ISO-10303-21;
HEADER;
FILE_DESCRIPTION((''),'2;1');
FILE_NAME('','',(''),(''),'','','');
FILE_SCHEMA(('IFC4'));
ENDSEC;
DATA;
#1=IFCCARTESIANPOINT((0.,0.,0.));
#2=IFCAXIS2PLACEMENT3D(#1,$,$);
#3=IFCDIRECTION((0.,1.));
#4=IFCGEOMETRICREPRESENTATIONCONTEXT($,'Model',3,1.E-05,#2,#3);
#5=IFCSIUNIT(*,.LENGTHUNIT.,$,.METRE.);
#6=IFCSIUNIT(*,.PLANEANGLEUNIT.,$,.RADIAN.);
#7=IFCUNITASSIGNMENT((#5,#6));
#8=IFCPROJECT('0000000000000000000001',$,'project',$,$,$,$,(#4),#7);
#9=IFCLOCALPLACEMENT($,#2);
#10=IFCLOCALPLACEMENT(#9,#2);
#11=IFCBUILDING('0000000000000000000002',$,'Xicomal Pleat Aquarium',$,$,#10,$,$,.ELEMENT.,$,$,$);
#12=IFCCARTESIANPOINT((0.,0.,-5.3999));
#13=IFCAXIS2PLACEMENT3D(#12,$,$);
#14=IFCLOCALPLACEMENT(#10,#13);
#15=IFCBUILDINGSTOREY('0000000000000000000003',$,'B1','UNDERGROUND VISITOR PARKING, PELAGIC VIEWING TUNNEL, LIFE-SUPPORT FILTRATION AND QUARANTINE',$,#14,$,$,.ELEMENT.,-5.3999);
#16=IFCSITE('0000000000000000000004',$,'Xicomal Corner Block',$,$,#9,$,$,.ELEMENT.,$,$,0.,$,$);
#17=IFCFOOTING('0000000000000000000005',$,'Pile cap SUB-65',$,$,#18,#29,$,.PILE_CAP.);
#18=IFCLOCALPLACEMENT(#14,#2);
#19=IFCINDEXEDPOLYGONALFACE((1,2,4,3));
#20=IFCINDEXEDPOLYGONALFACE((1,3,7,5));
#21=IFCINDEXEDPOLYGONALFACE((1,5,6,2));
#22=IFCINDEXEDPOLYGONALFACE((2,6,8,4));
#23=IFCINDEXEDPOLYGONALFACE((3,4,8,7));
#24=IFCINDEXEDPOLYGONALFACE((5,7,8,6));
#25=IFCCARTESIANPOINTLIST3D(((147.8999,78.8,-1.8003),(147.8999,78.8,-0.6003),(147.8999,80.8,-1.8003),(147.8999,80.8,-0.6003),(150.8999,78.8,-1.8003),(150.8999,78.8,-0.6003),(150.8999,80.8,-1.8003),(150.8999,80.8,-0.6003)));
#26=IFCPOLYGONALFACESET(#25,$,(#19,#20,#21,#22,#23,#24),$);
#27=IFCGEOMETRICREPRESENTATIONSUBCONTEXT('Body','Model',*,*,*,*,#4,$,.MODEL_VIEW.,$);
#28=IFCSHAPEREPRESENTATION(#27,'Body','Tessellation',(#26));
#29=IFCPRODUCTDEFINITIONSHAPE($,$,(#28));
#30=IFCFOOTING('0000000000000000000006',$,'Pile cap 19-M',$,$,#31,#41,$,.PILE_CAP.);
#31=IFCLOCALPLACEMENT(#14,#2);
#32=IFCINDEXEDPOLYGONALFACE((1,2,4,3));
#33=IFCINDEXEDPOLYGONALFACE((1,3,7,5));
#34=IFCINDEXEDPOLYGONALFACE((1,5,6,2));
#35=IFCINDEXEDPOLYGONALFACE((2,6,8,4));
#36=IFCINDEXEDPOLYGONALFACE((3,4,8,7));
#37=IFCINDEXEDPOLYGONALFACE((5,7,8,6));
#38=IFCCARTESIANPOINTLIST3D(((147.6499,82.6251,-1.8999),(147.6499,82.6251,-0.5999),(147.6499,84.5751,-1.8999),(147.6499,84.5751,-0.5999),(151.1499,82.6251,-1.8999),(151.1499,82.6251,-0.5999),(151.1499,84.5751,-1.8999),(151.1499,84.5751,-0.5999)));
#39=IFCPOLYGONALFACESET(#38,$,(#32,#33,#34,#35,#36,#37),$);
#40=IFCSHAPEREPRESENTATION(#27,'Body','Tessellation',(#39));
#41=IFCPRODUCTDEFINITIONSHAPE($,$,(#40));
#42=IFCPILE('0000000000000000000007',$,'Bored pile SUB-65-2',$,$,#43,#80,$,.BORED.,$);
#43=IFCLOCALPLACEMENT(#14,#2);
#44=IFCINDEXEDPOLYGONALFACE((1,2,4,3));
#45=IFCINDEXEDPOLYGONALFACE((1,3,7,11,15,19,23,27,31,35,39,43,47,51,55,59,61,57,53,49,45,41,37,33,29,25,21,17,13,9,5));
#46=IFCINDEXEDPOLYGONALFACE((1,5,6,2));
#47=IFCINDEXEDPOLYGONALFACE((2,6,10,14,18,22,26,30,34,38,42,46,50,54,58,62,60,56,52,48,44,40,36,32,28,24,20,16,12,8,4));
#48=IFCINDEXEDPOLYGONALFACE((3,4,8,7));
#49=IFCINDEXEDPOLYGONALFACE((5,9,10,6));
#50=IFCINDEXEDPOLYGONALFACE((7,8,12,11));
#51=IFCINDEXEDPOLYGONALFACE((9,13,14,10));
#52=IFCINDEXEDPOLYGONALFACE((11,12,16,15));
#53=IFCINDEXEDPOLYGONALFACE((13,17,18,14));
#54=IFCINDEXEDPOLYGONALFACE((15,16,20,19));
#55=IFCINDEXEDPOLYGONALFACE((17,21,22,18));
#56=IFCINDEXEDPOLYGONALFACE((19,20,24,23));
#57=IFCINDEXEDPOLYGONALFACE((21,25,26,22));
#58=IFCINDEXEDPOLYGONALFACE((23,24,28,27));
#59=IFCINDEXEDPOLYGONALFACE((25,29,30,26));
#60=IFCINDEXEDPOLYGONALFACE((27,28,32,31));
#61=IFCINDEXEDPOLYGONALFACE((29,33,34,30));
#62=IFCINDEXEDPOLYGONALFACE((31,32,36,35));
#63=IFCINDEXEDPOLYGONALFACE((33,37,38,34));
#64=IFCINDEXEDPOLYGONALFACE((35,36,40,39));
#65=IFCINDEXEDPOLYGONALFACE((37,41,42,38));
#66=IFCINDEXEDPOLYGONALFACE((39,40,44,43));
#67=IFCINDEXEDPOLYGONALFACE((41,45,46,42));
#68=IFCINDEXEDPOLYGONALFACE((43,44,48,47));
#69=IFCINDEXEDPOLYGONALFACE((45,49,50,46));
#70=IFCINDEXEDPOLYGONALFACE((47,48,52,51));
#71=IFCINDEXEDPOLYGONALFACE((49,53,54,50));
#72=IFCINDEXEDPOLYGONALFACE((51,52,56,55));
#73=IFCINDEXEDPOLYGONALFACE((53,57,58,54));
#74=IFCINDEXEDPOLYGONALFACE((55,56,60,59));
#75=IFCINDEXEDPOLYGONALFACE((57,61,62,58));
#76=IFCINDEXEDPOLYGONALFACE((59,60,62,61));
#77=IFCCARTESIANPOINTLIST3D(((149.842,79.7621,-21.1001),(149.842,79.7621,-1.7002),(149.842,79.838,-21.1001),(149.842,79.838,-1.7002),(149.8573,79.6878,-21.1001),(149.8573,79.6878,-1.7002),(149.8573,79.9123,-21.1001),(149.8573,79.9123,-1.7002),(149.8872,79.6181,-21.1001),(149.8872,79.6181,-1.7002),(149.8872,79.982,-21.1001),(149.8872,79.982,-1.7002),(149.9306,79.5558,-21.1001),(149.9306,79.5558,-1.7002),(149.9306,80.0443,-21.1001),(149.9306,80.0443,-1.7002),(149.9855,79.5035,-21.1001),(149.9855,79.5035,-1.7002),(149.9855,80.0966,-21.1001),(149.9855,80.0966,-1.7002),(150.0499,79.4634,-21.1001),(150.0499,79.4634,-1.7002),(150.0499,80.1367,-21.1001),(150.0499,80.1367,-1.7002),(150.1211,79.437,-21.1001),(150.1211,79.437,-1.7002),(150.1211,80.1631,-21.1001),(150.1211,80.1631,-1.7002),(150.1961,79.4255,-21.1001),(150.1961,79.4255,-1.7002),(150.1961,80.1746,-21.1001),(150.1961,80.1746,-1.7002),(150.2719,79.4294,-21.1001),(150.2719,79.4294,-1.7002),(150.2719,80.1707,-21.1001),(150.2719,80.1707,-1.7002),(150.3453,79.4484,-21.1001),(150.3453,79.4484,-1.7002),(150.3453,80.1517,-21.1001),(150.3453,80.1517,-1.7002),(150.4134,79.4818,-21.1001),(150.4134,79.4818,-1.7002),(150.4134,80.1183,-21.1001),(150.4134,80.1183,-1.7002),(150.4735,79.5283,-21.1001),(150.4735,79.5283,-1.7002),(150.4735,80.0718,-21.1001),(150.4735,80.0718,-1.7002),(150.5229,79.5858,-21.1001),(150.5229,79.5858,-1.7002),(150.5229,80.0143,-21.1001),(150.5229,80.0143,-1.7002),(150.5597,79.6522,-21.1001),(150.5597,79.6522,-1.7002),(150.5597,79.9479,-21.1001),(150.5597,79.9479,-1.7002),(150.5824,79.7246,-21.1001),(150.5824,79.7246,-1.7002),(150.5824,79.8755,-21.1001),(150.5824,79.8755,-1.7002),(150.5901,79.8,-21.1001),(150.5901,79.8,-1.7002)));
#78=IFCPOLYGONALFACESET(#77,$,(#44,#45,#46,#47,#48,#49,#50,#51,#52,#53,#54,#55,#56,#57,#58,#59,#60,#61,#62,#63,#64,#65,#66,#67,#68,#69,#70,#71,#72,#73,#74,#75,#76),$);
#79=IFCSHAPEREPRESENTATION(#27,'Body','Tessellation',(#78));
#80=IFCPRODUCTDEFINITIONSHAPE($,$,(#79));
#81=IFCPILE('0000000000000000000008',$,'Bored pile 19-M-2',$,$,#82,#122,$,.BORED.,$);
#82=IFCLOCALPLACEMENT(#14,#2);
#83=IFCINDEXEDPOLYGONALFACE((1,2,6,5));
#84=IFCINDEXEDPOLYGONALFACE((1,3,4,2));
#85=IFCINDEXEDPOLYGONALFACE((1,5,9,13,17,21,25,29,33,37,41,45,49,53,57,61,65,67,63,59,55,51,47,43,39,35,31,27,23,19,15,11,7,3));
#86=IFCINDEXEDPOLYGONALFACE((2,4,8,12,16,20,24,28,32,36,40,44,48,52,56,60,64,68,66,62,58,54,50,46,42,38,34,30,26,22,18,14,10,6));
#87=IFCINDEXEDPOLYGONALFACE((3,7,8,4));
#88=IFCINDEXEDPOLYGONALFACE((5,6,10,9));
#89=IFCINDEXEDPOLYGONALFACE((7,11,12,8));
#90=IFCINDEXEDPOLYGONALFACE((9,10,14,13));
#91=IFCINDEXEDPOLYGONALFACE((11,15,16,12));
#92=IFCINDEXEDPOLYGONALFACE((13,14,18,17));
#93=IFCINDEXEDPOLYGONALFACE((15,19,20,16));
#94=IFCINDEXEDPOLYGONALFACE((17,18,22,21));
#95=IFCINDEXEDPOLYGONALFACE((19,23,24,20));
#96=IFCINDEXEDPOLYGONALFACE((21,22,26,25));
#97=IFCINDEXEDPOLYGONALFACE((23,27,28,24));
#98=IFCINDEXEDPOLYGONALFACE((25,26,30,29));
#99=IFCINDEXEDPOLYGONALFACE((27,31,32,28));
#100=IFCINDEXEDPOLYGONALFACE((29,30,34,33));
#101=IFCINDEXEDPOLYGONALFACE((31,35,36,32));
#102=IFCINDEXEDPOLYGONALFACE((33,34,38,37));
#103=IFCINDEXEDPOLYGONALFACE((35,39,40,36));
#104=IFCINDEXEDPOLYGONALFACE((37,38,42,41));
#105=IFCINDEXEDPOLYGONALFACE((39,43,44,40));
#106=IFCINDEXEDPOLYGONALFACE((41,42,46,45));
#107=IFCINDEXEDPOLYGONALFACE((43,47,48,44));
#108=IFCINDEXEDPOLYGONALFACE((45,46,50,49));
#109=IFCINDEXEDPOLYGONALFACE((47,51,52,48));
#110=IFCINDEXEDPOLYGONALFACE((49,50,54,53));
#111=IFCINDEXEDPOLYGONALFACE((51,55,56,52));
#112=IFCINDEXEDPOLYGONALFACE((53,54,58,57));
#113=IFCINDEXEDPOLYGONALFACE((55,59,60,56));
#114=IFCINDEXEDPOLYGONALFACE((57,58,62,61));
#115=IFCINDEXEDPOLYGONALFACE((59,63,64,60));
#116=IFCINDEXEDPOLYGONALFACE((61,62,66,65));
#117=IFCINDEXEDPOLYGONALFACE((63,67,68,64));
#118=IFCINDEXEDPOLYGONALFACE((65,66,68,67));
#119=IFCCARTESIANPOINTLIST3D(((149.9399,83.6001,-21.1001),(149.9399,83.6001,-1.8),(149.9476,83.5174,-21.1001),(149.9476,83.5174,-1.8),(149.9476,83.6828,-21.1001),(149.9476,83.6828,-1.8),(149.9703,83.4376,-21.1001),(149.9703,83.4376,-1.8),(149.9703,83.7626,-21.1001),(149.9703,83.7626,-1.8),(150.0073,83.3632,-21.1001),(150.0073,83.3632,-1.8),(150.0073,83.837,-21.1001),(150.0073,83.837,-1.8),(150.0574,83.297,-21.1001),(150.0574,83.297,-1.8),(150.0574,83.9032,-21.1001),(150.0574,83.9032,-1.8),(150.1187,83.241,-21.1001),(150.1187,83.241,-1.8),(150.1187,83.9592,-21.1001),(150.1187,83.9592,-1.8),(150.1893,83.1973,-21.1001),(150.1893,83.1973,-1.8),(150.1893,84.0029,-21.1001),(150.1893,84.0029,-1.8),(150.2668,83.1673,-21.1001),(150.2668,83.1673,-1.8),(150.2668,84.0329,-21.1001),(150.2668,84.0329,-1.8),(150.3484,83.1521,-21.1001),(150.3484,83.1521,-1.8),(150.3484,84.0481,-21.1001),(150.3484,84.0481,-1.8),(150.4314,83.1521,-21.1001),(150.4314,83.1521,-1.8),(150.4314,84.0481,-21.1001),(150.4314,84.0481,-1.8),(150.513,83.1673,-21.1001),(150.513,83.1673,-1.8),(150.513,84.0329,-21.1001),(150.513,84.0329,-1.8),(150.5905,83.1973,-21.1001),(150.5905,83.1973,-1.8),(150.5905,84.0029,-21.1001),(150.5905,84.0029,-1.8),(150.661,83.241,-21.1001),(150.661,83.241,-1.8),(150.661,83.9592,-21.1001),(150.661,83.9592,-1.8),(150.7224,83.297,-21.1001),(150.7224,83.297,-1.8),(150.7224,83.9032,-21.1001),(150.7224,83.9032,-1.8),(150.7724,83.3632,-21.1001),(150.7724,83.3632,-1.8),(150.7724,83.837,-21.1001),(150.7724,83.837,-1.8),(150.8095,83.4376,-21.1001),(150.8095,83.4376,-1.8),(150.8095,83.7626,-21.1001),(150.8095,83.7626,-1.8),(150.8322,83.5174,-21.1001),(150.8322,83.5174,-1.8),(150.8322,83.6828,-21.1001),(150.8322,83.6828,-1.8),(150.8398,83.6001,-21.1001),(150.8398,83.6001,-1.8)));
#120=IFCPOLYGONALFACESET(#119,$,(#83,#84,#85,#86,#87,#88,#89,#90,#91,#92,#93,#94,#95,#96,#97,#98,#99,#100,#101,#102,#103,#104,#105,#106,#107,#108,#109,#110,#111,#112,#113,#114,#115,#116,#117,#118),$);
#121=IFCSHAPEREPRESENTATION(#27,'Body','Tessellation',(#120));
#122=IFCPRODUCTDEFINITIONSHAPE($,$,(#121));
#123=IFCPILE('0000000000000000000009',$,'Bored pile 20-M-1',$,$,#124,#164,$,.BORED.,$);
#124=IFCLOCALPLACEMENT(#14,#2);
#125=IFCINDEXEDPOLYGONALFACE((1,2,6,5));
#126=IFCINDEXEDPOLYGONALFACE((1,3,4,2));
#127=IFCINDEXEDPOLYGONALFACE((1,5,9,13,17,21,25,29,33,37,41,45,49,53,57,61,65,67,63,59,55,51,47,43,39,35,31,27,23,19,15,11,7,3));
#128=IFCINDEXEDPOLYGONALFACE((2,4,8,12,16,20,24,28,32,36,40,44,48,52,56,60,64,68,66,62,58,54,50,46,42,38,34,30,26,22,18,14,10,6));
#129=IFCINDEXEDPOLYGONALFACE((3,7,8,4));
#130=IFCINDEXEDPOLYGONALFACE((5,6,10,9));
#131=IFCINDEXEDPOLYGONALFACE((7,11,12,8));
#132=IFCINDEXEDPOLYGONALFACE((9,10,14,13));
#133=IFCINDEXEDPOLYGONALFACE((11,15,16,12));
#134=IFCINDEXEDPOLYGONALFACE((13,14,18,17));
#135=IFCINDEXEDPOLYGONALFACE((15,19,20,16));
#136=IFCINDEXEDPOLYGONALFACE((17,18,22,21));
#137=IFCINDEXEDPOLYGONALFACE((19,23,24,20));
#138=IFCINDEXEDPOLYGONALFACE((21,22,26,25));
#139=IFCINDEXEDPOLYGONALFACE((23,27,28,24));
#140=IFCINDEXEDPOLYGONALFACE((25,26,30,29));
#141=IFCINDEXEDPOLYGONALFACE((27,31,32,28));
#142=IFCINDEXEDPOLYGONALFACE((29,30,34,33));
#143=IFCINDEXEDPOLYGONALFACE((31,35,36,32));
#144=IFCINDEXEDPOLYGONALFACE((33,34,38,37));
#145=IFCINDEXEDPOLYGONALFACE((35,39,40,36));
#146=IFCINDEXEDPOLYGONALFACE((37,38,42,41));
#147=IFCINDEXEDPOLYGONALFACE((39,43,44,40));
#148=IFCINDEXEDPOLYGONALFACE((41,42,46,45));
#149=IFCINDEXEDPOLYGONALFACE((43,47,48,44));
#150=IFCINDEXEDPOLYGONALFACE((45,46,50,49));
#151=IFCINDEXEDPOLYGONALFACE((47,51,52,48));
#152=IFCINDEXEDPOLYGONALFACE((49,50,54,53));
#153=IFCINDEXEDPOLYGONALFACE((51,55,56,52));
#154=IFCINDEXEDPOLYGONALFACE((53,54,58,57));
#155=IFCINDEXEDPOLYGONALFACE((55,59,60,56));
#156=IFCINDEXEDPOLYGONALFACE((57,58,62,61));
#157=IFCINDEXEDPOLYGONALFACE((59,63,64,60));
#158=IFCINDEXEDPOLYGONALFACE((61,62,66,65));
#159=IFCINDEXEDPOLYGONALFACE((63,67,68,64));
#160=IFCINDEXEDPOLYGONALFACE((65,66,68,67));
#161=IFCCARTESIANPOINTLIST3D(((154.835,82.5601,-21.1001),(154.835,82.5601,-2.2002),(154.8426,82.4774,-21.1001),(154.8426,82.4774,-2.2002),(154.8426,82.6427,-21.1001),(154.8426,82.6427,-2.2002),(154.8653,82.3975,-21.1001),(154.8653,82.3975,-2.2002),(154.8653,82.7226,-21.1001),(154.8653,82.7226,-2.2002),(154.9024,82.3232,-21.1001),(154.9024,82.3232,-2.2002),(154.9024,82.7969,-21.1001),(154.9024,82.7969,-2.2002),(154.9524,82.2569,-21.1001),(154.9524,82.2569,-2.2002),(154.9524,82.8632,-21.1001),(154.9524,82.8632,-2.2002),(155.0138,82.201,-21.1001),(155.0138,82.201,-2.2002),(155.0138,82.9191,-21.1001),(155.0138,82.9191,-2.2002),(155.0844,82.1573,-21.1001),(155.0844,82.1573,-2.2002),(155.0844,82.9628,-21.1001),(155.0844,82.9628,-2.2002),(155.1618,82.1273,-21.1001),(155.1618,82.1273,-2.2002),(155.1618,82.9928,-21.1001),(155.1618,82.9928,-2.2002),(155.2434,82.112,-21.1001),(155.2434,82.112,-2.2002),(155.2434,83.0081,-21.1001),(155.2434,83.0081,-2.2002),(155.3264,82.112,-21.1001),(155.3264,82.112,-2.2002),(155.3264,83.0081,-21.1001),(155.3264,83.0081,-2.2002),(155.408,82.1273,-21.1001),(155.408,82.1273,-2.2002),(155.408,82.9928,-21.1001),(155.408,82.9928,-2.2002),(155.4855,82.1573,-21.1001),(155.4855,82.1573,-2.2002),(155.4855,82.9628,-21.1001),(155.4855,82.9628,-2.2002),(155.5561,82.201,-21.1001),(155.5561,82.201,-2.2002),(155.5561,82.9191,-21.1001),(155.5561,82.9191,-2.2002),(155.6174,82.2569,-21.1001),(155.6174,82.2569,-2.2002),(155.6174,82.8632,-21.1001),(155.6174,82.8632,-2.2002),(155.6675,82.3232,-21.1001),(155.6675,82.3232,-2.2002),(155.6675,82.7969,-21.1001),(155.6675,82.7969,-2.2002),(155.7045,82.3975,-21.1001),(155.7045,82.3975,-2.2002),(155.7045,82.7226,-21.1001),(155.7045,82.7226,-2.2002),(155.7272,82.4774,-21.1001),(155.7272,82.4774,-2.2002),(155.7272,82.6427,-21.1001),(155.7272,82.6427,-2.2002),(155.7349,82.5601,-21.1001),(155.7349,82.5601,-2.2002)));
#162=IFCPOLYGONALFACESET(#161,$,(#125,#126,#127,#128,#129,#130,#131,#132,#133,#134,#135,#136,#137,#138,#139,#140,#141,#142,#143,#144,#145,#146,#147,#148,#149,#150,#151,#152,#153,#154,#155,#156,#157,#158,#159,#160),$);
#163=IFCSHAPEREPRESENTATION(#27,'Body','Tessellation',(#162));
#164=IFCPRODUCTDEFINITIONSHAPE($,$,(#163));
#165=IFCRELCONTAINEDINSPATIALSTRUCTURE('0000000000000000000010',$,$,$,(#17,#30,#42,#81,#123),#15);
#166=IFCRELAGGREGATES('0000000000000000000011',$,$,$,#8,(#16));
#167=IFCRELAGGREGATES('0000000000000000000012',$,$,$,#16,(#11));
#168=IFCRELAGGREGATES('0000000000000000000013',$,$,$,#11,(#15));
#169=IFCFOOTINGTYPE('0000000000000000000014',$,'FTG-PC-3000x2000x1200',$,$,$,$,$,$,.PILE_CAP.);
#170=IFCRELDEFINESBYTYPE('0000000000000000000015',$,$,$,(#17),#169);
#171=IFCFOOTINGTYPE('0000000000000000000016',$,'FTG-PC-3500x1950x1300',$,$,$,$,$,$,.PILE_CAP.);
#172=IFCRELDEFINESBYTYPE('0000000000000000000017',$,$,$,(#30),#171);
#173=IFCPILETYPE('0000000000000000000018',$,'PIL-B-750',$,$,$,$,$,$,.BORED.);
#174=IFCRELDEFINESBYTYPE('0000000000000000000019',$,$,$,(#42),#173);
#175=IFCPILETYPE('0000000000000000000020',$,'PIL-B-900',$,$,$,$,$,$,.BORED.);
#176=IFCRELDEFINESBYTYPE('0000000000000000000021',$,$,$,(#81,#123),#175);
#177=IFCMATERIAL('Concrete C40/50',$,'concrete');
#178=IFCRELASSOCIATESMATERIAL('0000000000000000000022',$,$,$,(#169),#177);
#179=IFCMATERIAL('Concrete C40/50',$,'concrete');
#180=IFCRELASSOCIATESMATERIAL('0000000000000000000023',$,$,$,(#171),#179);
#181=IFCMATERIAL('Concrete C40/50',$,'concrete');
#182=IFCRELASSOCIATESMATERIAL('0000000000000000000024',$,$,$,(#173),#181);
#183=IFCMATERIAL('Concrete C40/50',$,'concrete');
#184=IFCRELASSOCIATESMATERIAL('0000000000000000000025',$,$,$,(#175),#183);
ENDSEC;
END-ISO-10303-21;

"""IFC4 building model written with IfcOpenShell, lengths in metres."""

from ifc_helpers import new_model, si_unit, direction, frame, origin, origin_2d, place, context, subcontext, project, spatial, rectangle, circle, extrude, material, material_profile, profile_set, type_object, element, save


model = new_model("IFC4")

# Units and contexts
model_context = context("Model", 3, precision=1e-05, world=origin(), true_north=direction((0.0, 1.0)))
body_context = subcontext(model_context, "Body", "Model", "MODEL_VIEW")
ifc_project = project(units=[si_unit("LENGTHUNIT", "METRE"), si_unit("PLANEANGLEUNIT", "RADIAN")], contexts=[model_context])

# Site, building, storey
site_placement = place(None, origin())
site = spatial("IfcSite", under=ifc_project, at=site_placement, Name="Xicomal Corner Block", CompositionType="ELEMENT", RefElevation=0.0)
building_placement = place(site_placement, origin())
building = spatial("IfcBuilding", under=site, at=building_placement, Name="Xicomal Pleat Aquarium", CompositionType="ELEMENT")
storey_placement = place(building_placement, frame((0.0, 0.0, -5.3999)))
storey = spatial("IfcBuildingStorey", under=building, at=storey_placement, Name="B1", Description="UNDERGROUND VISITOR PARKING, PELAGIC VIEWING TUNNEL, LIFE-SUPPORT FILTRATION AND QUARANTINE", CompositionType="ELEMENT", Elevation=-5.3999)

# Footings
ifc_material_1 = material(Name="Concrete C40/50", Category="concrete")
footing_type_1 = type_object("IfcFootingType", Name="FTG-PC-3000x2000x1200", PredefinedType="PILE_CAP", material=ifc_material_1)
footing_1_placement = place(storey_placement, frame((149.3999, 79.8, -1.8003), z_axis=(0.0, 0.0, 1.0), x_axis=(1.0, 0.0, 0.0)))
element("IfcFooting", 1, at=footing_1_placement, inside=storey, type_object=footing_type_1, Name="Pile cap SUB-65", PredefinedType="PILE_CAP", context=body_context, shape_type="SweptSolid", body=[
    extrude(rectangle(XDim=3.0, YDim=2.0, at=origin_2d()), origin(), (0.0, 0.0, 1.0), 1.2),
])
ifc_material_2 = material(Name="Concrete C40/50", Category="concrete")
footing_type_2 = type_object("IfcFootingType", Name="FTG-PC-3500x1950x1300", PredefinedType="PILE_CAP", material=ifc_material_2)
footing_2_placement = place(storey_placement, frame((149.3999, 83.6001, -1.8999), z_axis=(0.0, 0.0, 1.0), x_axis=(1.0, 0.0, 0.0)))
element("IfcFooting", 2, at=footing_2_placement, inside=storey, type_object=footing_type_2, Name="Pile cap 19-M", PredefinedType="PILE_CAP", context=body_context, shape_type="SweptSolid", body=[
    extrude(rectangle(XDim=3.5, YDim=1.95, at=origin_2d()), origin(), (0.0, 0.0, 1.0), 1.3),
])

# Piles
ifc_material_3 = material(Name="Concrete C40/50", Category="concrete")
ifc_material_profile_1 = material_profile(ifc_material_3, circle(Radius=0.375, at=origin_2d()), Name="BORED PILE D750")
ifc_profile_set_1 = profile_set([ifc_material_profile_1], Name="Concrete C40/50")
pile_type_1 = type_object("IfcPileType", Name="PIL-B-750", PredefinedType="BORED", material=ifc_profile_set_1)
pile_1_placement = place(storey_placement, frame((150.2151, 79.8, -1.7002), z_axis=(0.0, 0.0, -1.0), x_axis=(1.0, 0.0, 0.0)))
element("IfcPile", 3, at=pile_1_placement, inside=storey, type_object=pile_type_1, Name="Bored pile SUB-65-2", PredefinedType="BORED", context=body_context, shape_type="SweptSolid", body=[
    extrude(circle(Radius=0.375, at=origin_2d()), origin(), (0.0, 0.0, 1.0), 19.3999),
])
ifc_material_4 = material(Name="Concrete C40/50", Category="concrete")
ifc_material_profile_2 = material_profile(ifc_material_4, circle(Radius=0.45, at=origin_2d()), Name="BORED PILE D900")
ifc_profile_set_2 = profile_set([ifc_material_profile_2], Name="Concrete C40/50")
pile_type_2 = type_object("IfcPileType", Name="PIL-B-900", PredefinedType="BORED", material=ifc_profile_set_2)
pile_2_placement = place(storey_placement, frame((150.3899, 83.6001, -1.8), z_axis=(0.0, 0.0, -1.0), x_axis=(1.0, 0.0, 0.0)))
element("IfcPile", 4, at=pile_2_placement, inside=storey, type_object=pile_type_2, Name="Bored pile 19-M-2", PredefinedType="BORED", context=body_context, shape_type="SweptSolid", body=[
    extrude(circle(Radius=0.45, at=origin_2d()), origin(), (0.0, 0.0, 1.0), 19.3),
])
for number, where, z_axis, x_axis, name in (
    (5, (155.2849, 82.5601, -2.2002), (0.0, 0.0, -1.0), (1.0, 0.0, 0.0), "Bored pile 20-M-1"),
):
    element("IfcPile", number, at=place(storey_placement, frame(where, z_axis=z_axis, x_axis=x_axis)), inside=storey, type_object=pile_type_2, Name=name, PredefinedType="BORED", context=body_context, shape_type="SweptSolid", body=[
        extrude(circle(Radius=0.45, at=origin_2d()), origin(), (0.0, 0.0, 1.0), 18.8999),
    ])

save(model, "model.ifc")
